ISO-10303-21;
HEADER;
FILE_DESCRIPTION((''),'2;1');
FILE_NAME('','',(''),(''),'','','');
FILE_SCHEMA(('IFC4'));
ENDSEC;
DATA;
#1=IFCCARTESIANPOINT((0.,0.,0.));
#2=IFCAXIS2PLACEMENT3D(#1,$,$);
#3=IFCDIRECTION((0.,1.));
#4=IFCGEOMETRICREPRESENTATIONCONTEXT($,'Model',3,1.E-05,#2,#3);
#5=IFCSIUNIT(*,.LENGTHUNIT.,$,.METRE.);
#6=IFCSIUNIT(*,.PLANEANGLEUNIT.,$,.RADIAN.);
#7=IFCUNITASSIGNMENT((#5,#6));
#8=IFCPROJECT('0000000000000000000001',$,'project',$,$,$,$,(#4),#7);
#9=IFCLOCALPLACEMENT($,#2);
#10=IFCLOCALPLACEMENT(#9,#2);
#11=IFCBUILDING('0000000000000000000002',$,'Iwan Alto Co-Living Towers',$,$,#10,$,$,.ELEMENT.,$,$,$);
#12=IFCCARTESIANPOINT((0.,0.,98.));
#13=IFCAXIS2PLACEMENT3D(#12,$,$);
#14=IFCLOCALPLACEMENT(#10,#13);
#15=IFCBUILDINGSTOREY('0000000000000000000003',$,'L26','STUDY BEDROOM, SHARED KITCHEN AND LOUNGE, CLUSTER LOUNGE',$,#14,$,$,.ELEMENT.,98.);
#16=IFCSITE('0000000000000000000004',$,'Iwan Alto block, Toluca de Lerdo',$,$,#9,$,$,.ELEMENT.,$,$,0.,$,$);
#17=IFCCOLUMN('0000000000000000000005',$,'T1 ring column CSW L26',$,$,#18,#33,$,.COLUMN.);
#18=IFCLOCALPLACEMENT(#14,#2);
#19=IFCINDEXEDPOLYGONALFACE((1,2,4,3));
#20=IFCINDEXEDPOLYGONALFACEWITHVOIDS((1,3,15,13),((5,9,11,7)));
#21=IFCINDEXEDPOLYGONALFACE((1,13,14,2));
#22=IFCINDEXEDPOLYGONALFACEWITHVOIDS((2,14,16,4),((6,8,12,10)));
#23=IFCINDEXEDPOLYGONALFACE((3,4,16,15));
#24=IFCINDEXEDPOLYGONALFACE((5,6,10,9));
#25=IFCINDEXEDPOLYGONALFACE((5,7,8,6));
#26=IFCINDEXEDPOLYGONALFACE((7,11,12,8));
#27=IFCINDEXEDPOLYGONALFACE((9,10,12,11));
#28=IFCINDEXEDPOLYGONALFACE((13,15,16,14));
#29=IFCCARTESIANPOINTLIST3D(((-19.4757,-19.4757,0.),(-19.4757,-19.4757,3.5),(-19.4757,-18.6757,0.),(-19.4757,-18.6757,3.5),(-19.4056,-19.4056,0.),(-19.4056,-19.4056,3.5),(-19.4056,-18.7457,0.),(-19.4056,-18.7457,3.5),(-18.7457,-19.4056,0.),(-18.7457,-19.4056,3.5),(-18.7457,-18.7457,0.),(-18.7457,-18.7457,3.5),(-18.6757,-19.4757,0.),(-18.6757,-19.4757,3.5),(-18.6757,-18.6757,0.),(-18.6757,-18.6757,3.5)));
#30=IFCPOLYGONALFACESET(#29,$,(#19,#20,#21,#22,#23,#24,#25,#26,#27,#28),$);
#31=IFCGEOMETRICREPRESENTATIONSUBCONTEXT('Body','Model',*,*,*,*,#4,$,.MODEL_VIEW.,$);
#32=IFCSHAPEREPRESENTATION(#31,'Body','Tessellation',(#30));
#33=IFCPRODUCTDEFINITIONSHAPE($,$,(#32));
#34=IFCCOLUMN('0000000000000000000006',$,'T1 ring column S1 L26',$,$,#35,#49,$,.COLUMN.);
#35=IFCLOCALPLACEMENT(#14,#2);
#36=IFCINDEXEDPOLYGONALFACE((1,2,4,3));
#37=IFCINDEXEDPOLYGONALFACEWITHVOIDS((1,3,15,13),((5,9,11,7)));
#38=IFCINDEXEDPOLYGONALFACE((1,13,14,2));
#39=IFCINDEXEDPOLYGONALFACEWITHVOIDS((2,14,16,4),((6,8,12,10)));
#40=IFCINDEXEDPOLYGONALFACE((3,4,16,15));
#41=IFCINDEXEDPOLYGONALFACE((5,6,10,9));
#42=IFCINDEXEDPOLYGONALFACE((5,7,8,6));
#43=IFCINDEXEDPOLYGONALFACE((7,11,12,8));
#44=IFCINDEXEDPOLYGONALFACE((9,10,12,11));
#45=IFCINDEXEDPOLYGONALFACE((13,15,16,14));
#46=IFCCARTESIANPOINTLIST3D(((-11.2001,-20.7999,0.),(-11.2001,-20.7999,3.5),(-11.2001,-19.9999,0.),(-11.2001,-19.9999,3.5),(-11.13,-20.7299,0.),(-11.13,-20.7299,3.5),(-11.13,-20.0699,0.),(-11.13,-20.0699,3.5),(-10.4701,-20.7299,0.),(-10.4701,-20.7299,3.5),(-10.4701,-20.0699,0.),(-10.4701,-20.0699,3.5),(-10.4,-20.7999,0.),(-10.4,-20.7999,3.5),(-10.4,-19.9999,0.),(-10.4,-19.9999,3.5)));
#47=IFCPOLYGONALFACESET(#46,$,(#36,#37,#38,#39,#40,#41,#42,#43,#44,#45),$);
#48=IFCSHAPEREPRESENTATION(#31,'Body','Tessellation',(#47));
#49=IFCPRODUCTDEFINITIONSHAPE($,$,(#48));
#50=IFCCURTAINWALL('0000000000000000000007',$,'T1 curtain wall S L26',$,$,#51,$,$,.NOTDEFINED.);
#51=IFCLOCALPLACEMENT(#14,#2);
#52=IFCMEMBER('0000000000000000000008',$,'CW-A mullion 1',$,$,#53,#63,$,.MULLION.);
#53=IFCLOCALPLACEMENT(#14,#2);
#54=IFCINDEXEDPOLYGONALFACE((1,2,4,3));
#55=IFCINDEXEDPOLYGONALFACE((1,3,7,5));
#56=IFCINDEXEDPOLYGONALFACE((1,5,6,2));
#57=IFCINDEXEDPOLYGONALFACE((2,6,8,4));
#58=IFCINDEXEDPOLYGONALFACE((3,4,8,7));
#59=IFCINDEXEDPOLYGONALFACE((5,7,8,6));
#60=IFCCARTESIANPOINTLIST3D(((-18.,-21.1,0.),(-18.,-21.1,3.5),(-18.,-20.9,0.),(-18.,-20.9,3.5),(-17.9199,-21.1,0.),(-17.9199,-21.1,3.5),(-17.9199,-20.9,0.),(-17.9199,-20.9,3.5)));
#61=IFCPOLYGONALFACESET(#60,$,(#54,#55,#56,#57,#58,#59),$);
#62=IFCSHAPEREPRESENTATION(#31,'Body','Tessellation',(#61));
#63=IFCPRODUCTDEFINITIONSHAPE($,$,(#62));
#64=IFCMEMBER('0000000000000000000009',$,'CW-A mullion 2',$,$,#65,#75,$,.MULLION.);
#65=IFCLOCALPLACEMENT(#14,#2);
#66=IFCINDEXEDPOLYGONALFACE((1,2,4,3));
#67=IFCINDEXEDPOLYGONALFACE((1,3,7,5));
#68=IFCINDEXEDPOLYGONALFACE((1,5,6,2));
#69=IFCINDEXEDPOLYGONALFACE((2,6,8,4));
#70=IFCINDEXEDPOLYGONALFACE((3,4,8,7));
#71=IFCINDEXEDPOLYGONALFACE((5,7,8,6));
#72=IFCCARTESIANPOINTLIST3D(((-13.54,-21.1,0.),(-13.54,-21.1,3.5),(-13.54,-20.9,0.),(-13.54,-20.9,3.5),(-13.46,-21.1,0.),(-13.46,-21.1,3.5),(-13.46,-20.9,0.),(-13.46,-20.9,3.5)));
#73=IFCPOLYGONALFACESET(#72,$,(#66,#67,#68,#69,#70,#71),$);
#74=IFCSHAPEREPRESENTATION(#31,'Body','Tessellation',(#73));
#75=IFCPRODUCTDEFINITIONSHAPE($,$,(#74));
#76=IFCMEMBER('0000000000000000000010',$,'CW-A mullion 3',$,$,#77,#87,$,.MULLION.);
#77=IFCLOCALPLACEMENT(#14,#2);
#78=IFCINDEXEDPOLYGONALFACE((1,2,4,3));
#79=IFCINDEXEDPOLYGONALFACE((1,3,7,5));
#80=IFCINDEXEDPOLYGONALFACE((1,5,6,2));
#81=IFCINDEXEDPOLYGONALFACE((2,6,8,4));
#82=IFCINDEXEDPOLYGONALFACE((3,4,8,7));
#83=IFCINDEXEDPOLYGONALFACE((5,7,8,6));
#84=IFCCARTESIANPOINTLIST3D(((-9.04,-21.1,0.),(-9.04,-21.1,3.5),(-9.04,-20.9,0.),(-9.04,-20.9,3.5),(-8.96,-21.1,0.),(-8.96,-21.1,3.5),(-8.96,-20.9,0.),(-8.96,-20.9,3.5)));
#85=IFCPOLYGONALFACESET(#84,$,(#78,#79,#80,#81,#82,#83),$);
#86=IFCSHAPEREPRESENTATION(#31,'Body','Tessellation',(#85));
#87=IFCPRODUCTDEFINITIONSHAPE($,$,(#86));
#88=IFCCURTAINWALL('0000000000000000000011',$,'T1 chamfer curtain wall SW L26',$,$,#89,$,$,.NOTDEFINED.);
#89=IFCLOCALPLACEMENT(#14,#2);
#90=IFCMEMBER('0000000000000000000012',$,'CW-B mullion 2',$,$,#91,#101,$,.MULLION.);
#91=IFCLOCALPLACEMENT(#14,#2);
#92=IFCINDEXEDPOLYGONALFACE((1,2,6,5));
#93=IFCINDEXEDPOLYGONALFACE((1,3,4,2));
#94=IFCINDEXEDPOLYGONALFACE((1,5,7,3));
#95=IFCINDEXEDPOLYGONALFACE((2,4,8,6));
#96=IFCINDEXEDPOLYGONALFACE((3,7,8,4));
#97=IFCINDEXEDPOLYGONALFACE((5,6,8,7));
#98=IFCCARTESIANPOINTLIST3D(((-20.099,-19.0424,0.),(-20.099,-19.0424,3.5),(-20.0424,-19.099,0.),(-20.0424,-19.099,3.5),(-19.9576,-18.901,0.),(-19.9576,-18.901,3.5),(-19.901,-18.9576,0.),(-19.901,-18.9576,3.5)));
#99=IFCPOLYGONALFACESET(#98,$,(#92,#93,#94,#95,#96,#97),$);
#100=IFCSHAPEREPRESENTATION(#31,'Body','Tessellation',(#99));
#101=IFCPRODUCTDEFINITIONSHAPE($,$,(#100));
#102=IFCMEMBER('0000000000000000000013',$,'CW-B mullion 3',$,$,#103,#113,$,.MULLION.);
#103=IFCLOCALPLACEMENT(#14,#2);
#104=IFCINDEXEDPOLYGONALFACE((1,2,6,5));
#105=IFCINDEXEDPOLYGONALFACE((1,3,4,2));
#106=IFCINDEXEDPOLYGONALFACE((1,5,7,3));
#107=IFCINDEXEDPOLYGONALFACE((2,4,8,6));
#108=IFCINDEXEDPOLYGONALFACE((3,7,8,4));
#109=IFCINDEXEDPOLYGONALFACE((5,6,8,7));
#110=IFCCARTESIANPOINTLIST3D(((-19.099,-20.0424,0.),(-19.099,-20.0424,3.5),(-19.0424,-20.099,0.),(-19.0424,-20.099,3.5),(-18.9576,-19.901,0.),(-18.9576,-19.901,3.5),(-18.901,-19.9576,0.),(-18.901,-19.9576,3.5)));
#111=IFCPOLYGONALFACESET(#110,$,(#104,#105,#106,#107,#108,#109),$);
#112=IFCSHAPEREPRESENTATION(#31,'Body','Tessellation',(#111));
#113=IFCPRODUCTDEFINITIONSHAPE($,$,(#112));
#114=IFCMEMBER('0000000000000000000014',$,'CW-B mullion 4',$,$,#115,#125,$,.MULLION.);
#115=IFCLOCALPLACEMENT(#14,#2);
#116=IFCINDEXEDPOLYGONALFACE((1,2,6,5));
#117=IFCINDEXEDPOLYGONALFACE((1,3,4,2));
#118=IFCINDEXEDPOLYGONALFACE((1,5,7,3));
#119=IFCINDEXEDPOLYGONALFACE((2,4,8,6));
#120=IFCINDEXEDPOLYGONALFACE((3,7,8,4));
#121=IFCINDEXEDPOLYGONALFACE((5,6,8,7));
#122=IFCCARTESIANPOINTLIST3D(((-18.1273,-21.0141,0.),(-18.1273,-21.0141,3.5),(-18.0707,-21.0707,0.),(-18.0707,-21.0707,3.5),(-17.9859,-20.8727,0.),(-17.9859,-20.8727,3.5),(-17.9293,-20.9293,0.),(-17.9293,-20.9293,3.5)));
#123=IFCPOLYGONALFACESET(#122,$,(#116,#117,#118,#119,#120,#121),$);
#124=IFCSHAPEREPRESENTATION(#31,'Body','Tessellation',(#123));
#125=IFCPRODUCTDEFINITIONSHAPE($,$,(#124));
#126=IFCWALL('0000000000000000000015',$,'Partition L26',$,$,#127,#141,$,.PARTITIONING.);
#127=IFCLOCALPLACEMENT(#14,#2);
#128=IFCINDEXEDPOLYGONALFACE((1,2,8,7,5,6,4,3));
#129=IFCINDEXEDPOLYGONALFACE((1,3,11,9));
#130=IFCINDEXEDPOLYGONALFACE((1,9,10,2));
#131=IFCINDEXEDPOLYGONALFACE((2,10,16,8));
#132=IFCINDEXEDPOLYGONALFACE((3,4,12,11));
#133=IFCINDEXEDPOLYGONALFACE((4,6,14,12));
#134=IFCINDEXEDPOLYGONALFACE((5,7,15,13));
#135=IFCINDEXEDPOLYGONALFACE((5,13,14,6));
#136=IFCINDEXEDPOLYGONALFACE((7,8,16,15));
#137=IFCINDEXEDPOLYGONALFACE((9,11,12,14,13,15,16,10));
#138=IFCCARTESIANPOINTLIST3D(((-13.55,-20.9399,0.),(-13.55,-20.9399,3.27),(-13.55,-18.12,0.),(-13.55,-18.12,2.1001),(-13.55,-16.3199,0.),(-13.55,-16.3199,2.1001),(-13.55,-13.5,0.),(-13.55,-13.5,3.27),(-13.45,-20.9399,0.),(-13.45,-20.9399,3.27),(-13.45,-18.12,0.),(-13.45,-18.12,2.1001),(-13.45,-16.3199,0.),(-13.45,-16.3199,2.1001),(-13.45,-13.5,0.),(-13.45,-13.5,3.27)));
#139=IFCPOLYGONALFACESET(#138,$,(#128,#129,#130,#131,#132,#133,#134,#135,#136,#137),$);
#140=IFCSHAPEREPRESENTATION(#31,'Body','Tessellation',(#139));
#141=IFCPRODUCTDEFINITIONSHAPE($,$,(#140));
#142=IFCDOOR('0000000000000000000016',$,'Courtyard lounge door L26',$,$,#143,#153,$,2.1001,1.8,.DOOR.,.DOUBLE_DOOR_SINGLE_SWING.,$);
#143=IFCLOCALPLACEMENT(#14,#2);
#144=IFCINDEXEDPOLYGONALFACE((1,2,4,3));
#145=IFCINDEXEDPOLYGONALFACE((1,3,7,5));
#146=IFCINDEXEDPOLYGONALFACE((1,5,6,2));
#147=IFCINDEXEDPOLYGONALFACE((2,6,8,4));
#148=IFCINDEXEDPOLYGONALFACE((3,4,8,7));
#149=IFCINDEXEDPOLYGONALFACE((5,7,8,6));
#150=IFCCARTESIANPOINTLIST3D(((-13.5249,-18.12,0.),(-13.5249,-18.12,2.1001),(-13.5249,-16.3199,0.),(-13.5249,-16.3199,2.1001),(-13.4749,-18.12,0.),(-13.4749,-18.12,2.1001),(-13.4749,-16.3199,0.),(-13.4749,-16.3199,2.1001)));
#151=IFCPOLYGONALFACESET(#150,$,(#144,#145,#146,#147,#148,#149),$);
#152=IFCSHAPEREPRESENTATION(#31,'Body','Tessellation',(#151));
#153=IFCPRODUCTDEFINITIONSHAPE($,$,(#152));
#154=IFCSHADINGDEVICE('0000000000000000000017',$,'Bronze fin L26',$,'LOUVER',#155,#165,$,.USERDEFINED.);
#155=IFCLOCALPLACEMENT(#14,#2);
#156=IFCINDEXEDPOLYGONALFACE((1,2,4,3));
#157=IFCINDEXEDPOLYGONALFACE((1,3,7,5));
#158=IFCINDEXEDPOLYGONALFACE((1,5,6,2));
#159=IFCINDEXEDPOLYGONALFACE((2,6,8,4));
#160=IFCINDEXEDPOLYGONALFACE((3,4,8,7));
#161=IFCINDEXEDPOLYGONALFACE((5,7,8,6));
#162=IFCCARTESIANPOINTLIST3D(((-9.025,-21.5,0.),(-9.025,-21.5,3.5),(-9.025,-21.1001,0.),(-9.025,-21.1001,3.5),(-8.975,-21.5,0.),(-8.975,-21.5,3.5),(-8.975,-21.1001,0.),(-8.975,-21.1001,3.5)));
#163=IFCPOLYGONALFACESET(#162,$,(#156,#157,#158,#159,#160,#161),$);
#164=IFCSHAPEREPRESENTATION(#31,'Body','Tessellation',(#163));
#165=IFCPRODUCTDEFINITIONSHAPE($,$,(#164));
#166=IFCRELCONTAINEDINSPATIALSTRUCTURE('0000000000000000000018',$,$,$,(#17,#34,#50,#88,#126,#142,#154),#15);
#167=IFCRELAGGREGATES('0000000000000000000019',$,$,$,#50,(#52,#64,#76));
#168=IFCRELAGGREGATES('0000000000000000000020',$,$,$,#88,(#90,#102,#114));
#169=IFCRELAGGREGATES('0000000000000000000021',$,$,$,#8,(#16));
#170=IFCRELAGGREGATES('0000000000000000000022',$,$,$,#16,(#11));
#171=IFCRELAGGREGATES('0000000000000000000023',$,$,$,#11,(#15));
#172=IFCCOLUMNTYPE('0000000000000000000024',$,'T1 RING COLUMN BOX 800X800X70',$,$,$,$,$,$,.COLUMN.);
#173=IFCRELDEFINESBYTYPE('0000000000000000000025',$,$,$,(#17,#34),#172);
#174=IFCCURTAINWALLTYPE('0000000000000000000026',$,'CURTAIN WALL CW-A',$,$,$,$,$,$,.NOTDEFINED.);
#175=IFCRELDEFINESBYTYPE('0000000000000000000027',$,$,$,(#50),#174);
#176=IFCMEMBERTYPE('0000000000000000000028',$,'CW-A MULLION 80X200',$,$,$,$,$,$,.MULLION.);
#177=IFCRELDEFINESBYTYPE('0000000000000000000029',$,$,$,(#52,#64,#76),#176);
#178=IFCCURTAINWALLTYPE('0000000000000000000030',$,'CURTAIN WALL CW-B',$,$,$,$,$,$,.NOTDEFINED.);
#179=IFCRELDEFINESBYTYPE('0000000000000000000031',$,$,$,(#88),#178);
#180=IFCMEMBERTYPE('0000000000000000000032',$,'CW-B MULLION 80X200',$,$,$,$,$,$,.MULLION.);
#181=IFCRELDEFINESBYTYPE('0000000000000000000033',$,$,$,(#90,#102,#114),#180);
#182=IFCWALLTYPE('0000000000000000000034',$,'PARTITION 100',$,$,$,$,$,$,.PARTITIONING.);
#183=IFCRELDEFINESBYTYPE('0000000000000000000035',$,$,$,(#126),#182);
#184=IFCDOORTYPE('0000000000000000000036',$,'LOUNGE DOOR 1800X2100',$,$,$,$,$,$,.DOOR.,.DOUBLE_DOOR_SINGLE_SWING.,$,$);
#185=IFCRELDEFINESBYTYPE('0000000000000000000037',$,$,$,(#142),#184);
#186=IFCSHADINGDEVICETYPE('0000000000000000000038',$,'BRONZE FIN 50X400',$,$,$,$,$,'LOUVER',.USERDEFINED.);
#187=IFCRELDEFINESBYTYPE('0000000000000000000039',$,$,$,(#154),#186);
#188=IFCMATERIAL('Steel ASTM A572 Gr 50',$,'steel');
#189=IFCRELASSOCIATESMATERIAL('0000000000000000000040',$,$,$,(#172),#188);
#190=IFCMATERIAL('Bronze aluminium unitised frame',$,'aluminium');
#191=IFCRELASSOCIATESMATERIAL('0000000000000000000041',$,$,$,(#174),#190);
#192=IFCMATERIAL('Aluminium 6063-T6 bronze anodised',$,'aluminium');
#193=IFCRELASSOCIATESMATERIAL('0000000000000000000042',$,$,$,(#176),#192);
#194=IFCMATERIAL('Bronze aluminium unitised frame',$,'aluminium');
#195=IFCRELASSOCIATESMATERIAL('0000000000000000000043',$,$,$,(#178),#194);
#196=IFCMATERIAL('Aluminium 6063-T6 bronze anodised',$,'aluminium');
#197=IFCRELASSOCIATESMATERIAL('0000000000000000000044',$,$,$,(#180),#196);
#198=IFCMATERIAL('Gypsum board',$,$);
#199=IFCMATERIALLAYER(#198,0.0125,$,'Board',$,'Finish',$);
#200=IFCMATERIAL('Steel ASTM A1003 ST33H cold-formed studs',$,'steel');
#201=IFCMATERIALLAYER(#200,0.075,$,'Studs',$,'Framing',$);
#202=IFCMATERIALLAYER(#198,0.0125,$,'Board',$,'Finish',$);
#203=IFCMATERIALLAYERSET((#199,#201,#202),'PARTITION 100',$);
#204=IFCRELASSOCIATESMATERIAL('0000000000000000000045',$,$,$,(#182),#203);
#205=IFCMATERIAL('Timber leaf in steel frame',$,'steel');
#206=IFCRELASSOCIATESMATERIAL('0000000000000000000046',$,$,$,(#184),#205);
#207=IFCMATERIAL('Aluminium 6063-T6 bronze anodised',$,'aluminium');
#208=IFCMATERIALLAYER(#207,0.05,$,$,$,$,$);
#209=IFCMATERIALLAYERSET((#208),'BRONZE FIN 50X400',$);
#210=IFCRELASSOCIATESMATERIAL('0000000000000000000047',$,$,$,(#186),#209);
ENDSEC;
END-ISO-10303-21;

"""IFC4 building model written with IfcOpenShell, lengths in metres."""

from ifc_helpers import new_model, si_unit, direction, frame, frame_2d, origin, origin_2d, place, context, subcontext, project, spatial, rectangle, hollow_rectangle, extrude, material, layer, layer_set, material_profile, profile_set, type_object, element, fill, aggregate, save


model = new_model("IFC4")

# Units and contexts
model_context = context("Model", 3, precision=1e-05, world=origin(), true_north=direction((0.0, 1.0)))
body_context = subcontext(model_context, "Body", "Model", "MODEL_VIEW")
ifc_project = project(units=[si_unit("LENGTHUNIT", "METRE"), si_unit("PLANEANGLEUNIT", "RADIAN")], contexts=[model_context])

# Site, building, storey
site_placement = place(None, origin())
site = spatial("IfcSite", under=ifc_project, at=site_placement, Name="Iwan Alto block, Toluca de Lerdo", CompositionType="ELEMENT", RefElevation=0.0)
building_placement = place(site_placement, origin())
building = spatial("IfcBuilding", under=site, at=building_placement, Name="Iwan Alto Co-Living Towers", CompositionType="ELEMENT")
storey_placement = place(building_placement, frame((0.0, 0.0, 98.0)))
storey = spatial("IfcBuildingStorey", under=building, at=storey_placement, Name="L26", Description="STUDY BEDROOM, SHARED KITCHEN AND LOUNGE, CLUSTER LOUNGE", CompositionType="ELEMENT", Elevation=98.0)

# Columns
ifc_material_1 = material(Name="Steel ASTM A572 Gr 50", Category="steel")
ifc_material_profile_1 = material_profile(ifc_material_1, hollow_rectangle(XDim=0.8, YDim=0.8, WallThickness=0.0701, at=origin_2d()), Name="BOX 800X800X70")
ifc_profile_set_1 = profile_set([ifc_material_profile_1], Name="Steel ASTM A572 Gr 50")
column_type = type_object("IfcColumnType", Name="T1 RING COLUMN BOX 800X800X70", PredefinedType="COLUMN", material=ifc_profile_set_1)
for number, where, z_axis, x_axis, name in (
    (1, (-19.0757, -19.0757, 0.0), (0.0, 0.0, 1.0), (1.0, 0.0, 0.0), "T1 ring column CSW L26"),
    (2, (-10.8, -20.3999, 0.0), (0.0, 0.0, 1.0), (1.0, 0.0, 0.0), "T1 ring column S1 L26"),
):
    element("IfcColumn", number, at=place(storey_placement, frame(where, z_axis=z_axis, x_axis=x_axis)), inside=storey, type_object=column_type, Name=name, PredefinedType="COLUMN", context=body_context, shape_type="SweptSolid", body=[
        extrude(hollow_rectangle(XDim=0.8, YDim=0.8, WallThickness=0.0701, at=origin_2d()), origin(), (0.0, 0.0, 1.0), 3.5),
    ])

# Curtain walls, members
ifc_material_2 = material(Name="Bronze aluminium unitised frame", Category="aluminium")
curtain_wall_type_1 = type_object("IfcCurtainWallType", Name="CURTAIN WALL CW-A", PredefinedType="NOTDEFINED", material=ifc_material_2)
curtain_wall_1_placement = place(storey_placement, origin())
curtain_wall_1 = element("IfcCurtainWall", 3, at=curtain_wall_1_placement, inside=storey, type_object=curtain_wall_type_1, Name="T1 curtain wall S L26", PredefinedType="NOTDEFINED")
ifc_material_3 = material(Name="Aluminium 6063-T6 bronze anodised", Category="aluminium")
ifc_material_profile_2 = material_profile(ifc_material_3, rectangle(XDim=0.2, YDim=0.0801, at=origin_2d()), Name="AL 80X200")
ifc_profile_set_2 = profile_set([ifc_material_profile_2], Name="Aluminium 6063-T6 bronze anodised")
member_type_1 = type_object("IfcMemberType", Name="CW-A MULLION 80X200", PredefinedType="MULLION", material=ifc_profile_set_2)
member_1_placement = place(storey_placement, frame((-17.96, -21.0, 0.0), z_axis=(0.0, 0.0, 1.0), x_axis=(0.0, 1.0, 0.0)))
member_1 = element("IfcMember", 4, at=member_1_placement, type_object=member_type_1, Name="CW-A mullion 1", PredefinedType="MULLION", context=body_context, shape_type="SweptSolid", body=[
    extrude(rectangle(XDim=0.2, YDim=0.0801, at=origin_2d()), origin(), (0.0, 0.0, 1.0), 3.5),
])
member_2_placement = place(storey_placement, frame((-13.5, -21.0, 0.0), z_axis=(0.0, 0.0, 1.0), x_axis=(0.0, 1.0, 0.0)))
member_2 = element("IfcMember", 5, at=member_2_placement, type_object=member_type_1, Name="CW-A mullion 2", PredefinedType="MULLION", context=body_context, shape_type="SweptSolid", body=[
    extrude(rectangle(XDim=0.2, YDim=0.0801, at=origin_2d()), origin(), (0.0, 0.0, 1.0), 3.5),
])
member_3_placement = place(storey_placement, frame((-9.0, -21.0, 0.0), z_axis=(0.0, 0.0, 1.0), x_axis=(0.0, 1.0, 0.0)))
member_3 = element("IfcMember", 6, at=member_3_placement, type_object=member_type_1, Name="CW-A mullion 3", PredefinedType="MULLION", context=body_context, shape_type="SweptSolid", body=[
    extrude(rectangle(XDim=0.2, YDim=0.0801, at=origin_2d()), origin(), (0.0, 0.0, 1.0), 3.5),
])
aggregate(curtain_wall_1, [member_1, member_2, member_3])
ifc_material_4 = material(Name="Bronze aluminium unitised frame", Category="aluminium")
curtain_wall_type_2 = type_object("IfcCurtainWallType", Name="CURTAIN WALL CW-B", PredefinedType="NOTDEFINED", material=ifc_material_4)
curtain_wall_2_placement = place(storey_placement, origin())
curtain_wall_2 = element("IfcCurtainWall", 7, at=curtain_wall_2_placement, inside=storey, type_object=curtain_wall_type_2, Name="T1 chamfer curtain wall SW L26", PredefinedType="NOTDEFINED")
ifc_material_5 = material(Name="Aluminium 6063-T6 bronze anodised", Category="aluminium")
ifc_material_profile_3 = material_profile(ifc_material_5, rectangle(XDim=0.2, YDim=0.0801, at=origin_2d()), Name="AL 80X200")
ifc_profile_set_3 = profile_set([ifc_material_profile_3], Name="Aluminium 6063-T6 bronze anodised")
member_type_2 = type_object("IfcMemberType", Name="CW-B MULLION 80X200", PredefinedType="MULLION", material=ifc_profile_set_3)
member_4_placement = place(storey_placement, frame((-20.0, -19.0, 0.0), z_axis=(0.0, 0.0, 1.0), x_axis=(0.707107, 0.707107, 0.0)))
member_4 = element("IfcMember", 8, at=member_4_placement, type_object=member_type_2, Name="CW-B mullion 2", PredefinedType="MULLION", context=body_context, shape_type="SweptSolid", body=[
    extrude(rectangle(XDim=0.2, YDim=0.0801, at=origin_2d()), origin(), (0.0, 0.0, 1.0), 3.5),
])
member_5_placement = place(storey_placement, frame((-19.0, -20.0, 0.0), z_axis=(0.0, 0.0, 1.0), x_axis=(0.707107, 0.707107, 0.0)))
member_5 = element("IfcMember", 9, at=member_5_placement, type_object=member_type_2, Name="CW-B mullion 3", PredefinedType="MULLION", context=body_context, shape_type="SweptSolid", body=[
    extrude(rectangle(XDim=0.2, YDim=0.0801, at=origin_2d()), origin(), (0.0, 0.0, 1.0), 3.5),
])
member_6_placement = place(storey_placement, frame((-18.0283, -20.9717, 0.0), z_axis=(0.0, 0.0, 1.0), x_axis=(0.707107, 0.707107, 0.0)))
member_6 = element("IfcMember", 10, at=member_6_placement, type_object=member_type_2, Name="CW-B mullion 4", PredefinedType="MULLION", context=body_context, shape_type="SweptSolid", body=[
    extrude(rectangle(XDim=0.2, YDim=0.0801, at=origin_2d()), origin(), (0.0, 0.0, 1.0), 3.5),
])
aggregate(curtain_wall_2, [member_4, member_5, member_6])

# Wall, opening, door
ifc_material_6 = material(Name="Gypsum board")
ifc_layer_1 = layer(ifc_material_6, 0.0125, Name="Board", Category="Finish")
ifc_material_7 = material(Name="Steel ASTM A1003 ST33H cold-formed studs", Category="steel")
ifc_layer_2 = layer(ifc_material_7, 0.075, Name="Studs", Category="Framing")
ifc_layer_3 = layer(ifc_material_6, 0.0125, Name="Board", Category="Finish")
ifc_layer_set_1 = layer_set([ifc_layer_1, ifc_layer_2, ifc_layer_3], Name="PARTITION 100")
wall_type = type_object("IfcWallType", Name="PARTITION 100", PredefinedType="PARTITIONING", material=ifc_layer_set_1)
wall_placement = place(storey_placement, frame((-13.5, -20.9399, 0.0), z_axis=(0.0, 0.0, 1.0), x_axis=(0.0, 1.0, 0.0)))
wall = element("IfcWall", 11, at=wall_placement, inside=storey, type_object=wall_type, Name="Partition L26", PredefinedType="PARTITIONING", context=body_context, shape_type="SweptSolid", body=[
    extrude(rectangle(XDim=7.4399, YDim=0.1001, at=frame_2d((3.72, 0.0))), origin(), (0.0, 0.0, 1.0), 3.27),
])
opening_placement = place(wall_placement, frame((2.8201, 0.0, 0.0)))
opening = element("IfcOpeningElement", 12, at=opening_placement, cuts=wall, PredefinedType="OPENING", context=body_context, shape_type="SweptSolid", body=[
    extrude(rectangle(XDim=1.8, YDim=2.1001, at=frame_2d((0.8999, 1.05))), frame((0.0, 0.0601, 0.0), z_axis=(0.0, -1.0, 0.0), x_axis=(1.0, 0.0, 0.0)), (0.0, 0.0, 1.0), 0.1201),
])
ifc_material_8 = material(Name="Timber leaf in steel frame", Category="steel")
door_type = type_object("IfcDoorType", Name="LOUNGE DOOR 1800X2100", OperationType="DOUBLE_DOOR_SINGLE_SWING", PredefinedType="DOOR", material=ifc_material_8)
door_placement = place(opening_placement, origin())
door = element("IfcDoor", 13, at=door_placement, inside=storey, type_object=door_type, Name="Courtyard lounge door L26", OperationType="DOUBLE_DOOR_SINGLE_SWING", OverallHeight=2.1001, OverallWidth=1.8, PredefinedType="DOOR", context=body_context, shape_type="SweptSolid", body=[
    extrude(rectangle(XDim=1.8, YDim=2.1001, at=frame_2d((0.8999, 1.05))), frame((0.0, 0.0249, 0.0), z_axis=(0.0, -1.0, 0.0), x_axis=(1.0, 0.0, 0.0)), (0.0, 0.0, 1.0), 0.05),
])
fill(opening, door)

# Shading device
ifc_material_9 = material(Name="Aluminium 6063-T6 bronze anodised", Category="aluminium")
ifc_layer_4 = layer(ifc_material_9, 0.05)
ifc_layer_set_2 = layer_set([ifc_layer_4], Name="BRONZE FIN 50X400")
shading_device_type = type_object("IfcShadingDeviceType", Name="BRONZE FIN 50X400", ElementType="LOUVER", PredefinedType="USERDEFINED", material=ifc_layer_set_2)
shading_device_placement = place(storey_placement, frame((-9.0, -21.3, 0.0), z_axis=(0.0, 0.0, 1.0), x_axis=(1.0, 0.0, 0.0)))
element("IfcShadingDevice", 14, at=shading_device_placement, inside=storey, type_object=shading_device_type, Name="Bronze fin L26", ObjectType="LOUVER", PredefinedType="USERDEFINED", context=body_context, shape_type="SweptSolid", body=[
    extrude(rectangle(XDim=0.05, YDim=0.3999, at=origin_2d()), origin(), (0.0, 0.0, 1.0), 3.5),
])

save(model, "model.ifc")
